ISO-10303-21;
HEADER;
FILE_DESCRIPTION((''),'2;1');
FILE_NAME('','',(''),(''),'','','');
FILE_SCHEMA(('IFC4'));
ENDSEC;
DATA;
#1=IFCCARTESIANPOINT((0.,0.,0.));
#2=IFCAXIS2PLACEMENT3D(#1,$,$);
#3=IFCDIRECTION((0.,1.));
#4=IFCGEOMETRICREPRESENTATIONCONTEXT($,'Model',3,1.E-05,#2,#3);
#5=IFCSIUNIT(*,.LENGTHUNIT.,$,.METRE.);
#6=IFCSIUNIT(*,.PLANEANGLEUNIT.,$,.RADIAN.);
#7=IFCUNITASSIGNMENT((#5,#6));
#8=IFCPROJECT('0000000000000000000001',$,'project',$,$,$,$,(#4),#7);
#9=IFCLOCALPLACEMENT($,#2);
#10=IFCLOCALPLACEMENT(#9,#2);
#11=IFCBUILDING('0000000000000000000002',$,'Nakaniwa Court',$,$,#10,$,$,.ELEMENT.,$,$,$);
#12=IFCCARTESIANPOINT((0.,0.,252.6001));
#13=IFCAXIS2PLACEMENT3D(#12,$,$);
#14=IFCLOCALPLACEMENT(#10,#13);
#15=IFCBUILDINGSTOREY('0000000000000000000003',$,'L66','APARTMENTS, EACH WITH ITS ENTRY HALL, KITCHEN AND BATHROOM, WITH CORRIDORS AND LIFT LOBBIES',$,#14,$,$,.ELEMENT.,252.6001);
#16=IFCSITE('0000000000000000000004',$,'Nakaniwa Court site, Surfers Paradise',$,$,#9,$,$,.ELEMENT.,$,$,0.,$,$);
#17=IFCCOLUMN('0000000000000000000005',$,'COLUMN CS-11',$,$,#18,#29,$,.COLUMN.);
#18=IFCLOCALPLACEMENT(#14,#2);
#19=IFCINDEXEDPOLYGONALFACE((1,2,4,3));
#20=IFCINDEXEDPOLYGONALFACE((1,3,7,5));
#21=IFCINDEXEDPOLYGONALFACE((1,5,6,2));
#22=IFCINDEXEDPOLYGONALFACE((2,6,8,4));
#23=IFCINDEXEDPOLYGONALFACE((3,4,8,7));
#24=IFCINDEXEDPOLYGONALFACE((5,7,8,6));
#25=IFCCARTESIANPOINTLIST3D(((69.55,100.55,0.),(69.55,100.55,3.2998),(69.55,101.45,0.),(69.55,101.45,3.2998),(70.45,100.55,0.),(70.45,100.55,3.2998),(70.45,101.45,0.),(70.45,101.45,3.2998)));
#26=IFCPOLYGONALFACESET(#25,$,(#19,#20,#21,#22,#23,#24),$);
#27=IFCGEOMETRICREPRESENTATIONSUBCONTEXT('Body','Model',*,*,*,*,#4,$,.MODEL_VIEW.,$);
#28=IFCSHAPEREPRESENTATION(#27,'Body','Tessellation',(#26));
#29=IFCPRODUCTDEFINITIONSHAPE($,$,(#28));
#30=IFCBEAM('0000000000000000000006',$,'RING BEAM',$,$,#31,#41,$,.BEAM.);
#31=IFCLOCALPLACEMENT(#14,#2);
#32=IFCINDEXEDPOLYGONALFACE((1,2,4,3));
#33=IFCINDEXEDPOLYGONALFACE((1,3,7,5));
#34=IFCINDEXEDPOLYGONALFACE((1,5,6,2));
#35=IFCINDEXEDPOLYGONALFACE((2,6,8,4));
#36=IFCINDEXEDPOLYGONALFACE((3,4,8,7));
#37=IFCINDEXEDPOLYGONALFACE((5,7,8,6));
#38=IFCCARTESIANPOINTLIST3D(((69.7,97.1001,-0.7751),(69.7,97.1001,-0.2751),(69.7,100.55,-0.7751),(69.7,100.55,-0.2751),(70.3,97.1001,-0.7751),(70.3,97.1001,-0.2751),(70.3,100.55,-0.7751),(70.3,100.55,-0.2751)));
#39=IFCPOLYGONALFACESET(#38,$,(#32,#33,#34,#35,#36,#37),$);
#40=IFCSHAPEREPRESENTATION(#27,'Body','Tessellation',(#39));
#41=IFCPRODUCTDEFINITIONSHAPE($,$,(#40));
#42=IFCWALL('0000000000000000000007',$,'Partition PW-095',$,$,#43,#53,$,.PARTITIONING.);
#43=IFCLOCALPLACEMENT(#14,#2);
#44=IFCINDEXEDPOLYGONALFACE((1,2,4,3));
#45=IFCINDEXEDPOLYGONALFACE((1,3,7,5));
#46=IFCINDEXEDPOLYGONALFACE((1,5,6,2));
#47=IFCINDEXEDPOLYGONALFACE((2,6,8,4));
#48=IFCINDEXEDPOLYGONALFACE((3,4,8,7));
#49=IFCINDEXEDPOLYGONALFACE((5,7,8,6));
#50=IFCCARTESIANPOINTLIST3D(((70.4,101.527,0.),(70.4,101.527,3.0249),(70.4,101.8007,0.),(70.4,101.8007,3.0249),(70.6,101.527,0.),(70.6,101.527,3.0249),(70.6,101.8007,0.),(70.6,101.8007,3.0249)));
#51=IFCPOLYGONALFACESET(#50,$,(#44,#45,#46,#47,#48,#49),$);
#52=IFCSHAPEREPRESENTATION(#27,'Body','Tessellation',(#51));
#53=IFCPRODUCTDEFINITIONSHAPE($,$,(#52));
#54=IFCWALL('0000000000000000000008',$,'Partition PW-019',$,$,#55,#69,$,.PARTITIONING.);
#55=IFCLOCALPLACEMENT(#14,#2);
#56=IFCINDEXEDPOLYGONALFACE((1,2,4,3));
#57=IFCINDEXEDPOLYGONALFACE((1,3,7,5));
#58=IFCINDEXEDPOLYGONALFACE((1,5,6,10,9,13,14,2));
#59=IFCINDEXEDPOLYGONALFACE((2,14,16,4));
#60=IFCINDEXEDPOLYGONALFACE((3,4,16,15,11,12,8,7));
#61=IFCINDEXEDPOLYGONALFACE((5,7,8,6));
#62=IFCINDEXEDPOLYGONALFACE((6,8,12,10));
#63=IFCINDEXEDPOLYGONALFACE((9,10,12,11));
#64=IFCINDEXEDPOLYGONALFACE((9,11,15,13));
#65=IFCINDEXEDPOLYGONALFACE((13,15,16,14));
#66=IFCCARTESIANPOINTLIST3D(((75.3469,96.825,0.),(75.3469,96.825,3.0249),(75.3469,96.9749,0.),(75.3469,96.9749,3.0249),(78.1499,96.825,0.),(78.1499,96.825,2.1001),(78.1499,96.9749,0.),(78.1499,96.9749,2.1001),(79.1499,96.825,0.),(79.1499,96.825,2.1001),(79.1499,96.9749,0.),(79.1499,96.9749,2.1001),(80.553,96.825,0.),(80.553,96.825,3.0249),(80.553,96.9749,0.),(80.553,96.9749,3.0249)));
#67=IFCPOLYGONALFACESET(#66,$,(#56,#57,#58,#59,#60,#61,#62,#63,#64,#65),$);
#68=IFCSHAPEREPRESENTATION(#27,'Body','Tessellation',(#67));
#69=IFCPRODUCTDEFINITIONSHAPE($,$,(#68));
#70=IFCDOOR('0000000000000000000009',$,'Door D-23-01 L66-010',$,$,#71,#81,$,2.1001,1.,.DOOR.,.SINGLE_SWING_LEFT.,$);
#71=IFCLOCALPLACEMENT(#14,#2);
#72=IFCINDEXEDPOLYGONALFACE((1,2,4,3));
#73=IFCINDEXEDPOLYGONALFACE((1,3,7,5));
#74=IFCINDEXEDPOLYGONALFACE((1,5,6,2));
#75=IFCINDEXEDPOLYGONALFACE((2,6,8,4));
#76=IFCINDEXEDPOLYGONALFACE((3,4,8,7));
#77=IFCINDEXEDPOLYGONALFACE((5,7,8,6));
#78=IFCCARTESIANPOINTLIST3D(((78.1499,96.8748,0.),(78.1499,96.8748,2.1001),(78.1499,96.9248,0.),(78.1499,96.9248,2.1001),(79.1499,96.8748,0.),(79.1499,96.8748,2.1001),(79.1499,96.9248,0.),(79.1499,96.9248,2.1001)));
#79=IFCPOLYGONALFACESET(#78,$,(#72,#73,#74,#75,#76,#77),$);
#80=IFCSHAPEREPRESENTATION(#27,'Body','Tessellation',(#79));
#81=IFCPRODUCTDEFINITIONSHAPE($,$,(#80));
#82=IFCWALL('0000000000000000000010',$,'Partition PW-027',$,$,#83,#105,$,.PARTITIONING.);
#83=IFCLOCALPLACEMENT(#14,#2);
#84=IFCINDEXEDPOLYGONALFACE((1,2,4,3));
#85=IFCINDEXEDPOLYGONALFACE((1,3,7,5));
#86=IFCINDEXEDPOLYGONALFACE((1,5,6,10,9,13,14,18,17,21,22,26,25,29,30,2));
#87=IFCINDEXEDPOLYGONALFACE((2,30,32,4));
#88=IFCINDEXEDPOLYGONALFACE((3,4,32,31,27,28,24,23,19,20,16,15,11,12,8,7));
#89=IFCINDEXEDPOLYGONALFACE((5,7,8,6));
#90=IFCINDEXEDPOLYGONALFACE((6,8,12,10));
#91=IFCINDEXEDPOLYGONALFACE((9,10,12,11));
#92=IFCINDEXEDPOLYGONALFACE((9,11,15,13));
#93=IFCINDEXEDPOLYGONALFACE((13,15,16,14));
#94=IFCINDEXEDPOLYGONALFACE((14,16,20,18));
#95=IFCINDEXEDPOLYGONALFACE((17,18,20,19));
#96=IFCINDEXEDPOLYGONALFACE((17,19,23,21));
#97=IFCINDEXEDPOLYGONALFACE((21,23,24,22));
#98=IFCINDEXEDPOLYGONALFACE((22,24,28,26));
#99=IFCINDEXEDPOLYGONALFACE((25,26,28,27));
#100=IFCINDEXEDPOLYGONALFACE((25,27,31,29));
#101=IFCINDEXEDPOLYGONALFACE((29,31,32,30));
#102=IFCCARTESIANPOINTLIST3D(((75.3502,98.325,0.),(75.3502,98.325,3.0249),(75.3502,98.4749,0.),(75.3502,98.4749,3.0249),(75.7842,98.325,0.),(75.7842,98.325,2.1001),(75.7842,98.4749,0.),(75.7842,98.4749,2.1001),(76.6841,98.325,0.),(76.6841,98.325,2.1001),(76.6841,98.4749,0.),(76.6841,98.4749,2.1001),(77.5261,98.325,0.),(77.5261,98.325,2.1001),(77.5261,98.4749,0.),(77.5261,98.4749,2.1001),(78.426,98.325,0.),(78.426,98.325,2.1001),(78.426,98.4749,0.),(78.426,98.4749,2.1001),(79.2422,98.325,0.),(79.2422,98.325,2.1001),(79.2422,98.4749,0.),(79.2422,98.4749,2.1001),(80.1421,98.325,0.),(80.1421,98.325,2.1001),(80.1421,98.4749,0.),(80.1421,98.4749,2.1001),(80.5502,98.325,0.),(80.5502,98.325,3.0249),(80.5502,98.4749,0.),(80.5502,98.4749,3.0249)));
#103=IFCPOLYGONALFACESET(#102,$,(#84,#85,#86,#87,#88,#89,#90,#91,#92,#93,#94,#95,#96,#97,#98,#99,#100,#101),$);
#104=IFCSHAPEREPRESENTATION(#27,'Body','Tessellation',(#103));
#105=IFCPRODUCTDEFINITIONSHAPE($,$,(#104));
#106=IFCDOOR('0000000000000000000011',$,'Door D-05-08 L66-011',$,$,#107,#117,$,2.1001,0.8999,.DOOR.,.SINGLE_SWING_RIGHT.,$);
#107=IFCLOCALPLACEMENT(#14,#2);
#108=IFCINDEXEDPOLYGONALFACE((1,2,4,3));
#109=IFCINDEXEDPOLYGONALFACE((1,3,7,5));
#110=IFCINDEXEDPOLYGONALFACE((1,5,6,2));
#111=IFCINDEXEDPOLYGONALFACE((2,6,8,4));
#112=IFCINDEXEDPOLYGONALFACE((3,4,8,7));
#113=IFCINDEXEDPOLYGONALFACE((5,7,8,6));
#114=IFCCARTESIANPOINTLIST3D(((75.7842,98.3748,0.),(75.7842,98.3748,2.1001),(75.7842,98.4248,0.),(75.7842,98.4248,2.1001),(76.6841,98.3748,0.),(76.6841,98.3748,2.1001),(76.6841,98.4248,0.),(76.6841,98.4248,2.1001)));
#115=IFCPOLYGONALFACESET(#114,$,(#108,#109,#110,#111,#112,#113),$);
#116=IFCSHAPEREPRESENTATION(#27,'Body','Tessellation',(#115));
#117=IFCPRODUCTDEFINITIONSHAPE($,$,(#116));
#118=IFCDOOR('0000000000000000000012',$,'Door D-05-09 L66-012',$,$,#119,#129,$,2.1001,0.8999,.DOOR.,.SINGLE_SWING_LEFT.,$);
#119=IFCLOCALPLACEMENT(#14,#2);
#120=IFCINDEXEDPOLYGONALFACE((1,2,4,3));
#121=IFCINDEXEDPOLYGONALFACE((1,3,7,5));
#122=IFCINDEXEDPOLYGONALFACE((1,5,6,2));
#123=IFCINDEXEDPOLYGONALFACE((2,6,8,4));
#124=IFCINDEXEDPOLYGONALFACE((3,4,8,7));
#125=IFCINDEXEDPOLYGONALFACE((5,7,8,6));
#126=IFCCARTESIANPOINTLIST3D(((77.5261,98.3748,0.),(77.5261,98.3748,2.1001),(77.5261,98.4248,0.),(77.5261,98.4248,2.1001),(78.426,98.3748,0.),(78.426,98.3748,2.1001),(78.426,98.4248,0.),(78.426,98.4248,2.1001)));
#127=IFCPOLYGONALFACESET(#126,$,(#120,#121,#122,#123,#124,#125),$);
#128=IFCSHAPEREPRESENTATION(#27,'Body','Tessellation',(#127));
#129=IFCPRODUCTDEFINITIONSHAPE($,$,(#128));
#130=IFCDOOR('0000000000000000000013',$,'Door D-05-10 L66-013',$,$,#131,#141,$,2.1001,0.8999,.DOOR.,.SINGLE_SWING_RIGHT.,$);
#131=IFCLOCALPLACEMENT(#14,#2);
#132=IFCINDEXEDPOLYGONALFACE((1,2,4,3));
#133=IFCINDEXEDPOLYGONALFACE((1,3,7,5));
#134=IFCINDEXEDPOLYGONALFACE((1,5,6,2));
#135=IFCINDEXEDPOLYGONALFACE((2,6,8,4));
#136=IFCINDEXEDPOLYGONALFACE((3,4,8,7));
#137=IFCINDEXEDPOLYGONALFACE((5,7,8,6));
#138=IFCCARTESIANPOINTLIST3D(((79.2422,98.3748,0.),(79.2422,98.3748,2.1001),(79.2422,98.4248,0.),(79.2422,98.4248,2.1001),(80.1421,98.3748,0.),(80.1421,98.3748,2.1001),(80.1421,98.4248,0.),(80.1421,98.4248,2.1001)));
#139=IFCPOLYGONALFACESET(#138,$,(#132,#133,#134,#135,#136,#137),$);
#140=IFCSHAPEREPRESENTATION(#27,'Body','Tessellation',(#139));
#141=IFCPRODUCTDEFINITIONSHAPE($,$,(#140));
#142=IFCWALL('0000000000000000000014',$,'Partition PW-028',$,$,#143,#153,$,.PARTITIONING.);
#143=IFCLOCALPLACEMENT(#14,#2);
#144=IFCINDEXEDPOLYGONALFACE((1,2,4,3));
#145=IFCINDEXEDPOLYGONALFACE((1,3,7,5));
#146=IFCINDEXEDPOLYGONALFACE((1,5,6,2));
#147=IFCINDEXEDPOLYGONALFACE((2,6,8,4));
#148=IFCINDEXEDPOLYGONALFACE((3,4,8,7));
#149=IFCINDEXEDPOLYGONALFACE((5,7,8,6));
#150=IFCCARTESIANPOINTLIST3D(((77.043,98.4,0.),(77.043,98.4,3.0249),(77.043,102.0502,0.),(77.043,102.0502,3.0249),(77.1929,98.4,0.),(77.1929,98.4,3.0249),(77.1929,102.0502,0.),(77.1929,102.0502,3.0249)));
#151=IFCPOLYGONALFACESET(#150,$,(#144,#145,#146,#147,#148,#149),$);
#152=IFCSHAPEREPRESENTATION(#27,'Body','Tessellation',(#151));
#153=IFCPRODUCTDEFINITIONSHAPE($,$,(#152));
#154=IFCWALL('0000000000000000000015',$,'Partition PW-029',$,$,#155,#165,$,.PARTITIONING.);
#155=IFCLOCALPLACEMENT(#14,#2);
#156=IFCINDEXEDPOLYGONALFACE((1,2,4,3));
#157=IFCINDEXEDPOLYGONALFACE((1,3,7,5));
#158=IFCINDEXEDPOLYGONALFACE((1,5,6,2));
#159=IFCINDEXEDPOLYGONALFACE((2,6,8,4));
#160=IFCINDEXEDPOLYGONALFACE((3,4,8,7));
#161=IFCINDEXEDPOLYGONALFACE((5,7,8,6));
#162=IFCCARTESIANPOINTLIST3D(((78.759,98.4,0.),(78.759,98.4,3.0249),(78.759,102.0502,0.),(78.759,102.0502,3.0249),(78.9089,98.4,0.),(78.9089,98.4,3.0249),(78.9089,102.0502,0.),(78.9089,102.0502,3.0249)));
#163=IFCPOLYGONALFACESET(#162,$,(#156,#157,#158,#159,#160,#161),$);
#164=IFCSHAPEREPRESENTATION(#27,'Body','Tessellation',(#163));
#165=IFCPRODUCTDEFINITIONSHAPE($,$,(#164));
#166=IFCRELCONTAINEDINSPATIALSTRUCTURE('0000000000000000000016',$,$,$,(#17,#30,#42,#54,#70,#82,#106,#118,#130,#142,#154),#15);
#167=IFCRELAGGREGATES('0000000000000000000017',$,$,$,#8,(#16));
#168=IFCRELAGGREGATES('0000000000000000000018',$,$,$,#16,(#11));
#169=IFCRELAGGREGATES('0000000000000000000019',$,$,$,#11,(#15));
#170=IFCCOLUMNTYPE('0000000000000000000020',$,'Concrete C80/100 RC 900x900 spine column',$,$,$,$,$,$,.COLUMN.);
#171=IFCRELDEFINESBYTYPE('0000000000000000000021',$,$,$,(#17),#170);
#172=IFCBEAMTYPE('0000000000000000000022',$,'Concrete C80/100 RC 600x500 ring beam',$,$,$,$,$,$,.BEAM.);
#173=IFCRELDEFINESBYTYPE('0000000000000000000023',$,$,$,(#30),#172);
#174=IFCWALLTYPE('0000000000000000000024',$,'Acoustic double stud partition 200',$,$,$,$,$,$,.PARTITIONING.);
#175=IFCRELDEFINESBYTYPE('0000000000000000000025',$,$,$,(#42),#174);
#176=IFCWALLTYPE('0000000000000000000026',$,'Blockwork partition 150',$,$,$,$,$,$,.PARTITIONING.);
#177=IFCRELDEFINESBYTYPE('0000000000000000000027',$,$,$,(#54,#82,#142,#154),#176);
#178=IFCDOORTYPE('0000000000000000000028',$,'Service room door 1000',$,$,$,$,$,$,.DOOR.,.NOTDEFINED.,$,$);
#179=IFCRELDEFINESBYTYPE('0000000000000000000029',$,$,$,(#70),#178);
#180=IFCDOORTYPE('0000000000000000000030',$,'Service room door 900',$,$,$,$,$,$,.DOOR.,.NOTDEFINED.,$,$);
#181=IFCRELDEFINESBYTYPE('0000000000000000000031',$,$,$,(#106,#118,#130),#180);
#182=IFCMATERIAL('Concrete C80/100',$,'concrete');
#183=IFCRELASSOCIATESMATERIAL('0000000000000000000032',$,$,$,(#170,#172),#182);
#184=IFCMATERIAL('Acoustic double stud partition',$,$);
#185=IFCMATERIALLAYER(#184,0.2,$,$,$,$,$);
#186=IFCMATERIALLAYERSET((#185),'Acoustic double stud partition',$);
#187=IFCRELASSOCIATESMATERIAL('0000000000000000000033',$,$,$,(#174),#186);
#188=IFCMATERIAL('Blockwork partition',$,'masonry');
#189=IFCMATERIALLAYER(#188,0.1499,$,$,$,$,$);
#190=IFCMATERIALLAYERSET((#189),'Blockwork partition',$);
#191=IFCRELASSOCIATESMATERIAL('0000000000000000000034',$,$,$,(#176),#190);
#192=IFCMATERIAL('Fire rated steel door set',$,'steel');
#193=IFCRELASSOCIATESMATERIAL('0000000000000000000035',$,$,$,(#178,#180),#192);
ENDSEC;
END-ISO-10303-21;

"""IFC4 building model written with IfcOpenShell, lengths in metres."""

from ifc_helpers import new_model, si_unit, direction, frame, frame_2d, origin, origin_2d, place, context, subcontext, project, spatial, rectangle, extrude, material, layer, layer_set, material_profile, profile_set, type_object, element, fill, save


model = new_model("IFC4")

# Units and contexts
model_context = context("Model", 3, precision=1e-05, world=origin(), true_north=direction((0.0, 1.0)))
body_context = subcontext(model_context, "Body", "Model", "MODEL_VIEW")
ifc_project = project(units=[si_unit("LENGTHUNIT", "METRE"), si_unit("PLANEANGLEUNIT", "RADIAN")], contexts=[model_context])

# Site, building, storey
site_placement = place(None, origin())
site = spatial("IfcSite", under=ifc_project, at=site_placement, Name="Nakaniwa Court site, Surfers Paradise", CompositionType="ELEMENT", RefElevation=0.0)
building_placement = place(site_placement, origin())
building = spatial("IfcBuilding", under=site, at=building_placement, Name="Nakaniwa Court", CompositionType="ELEMENT")
storey_placement = place(building_placement, frame((0.0, 0.0, 252.6001)))
storey = spatial("IfcBuildingStorey", under=building, at=storey_placement, Name="L66", Description="APARTMENTS, EACH WITH ITS ENTRY HALL, KITCHEN AND BATHROOM, WITH CORRIDORS AND LIFT LOBBIES", CompositionType="ELEMENT", Elevation=252.6001)

# Column
ifc_material_1 = material(Name="Concrete C80/100", Category="concrete")
ifc_material_profile_1 = material_profile(ifc_material_1, rectangle(XDim=0.8999, YDim=0.8999, at=origin_2d()), Name="Concrete C80/100 RC 900x900 spine column")
ifc_profile_set_1 = profile_set([ifc_material_profile_1], Name="Concrete C80/100")
column_type = type_object("IfcColumnType", Name="Concrete C80/100 RC 900x900 spine column", PredefinedType="COLUMN", material=ifc_profile_set_1)
column_placement = place(storey_placement, frame((70.0, 101.0, 0.0), z_axis=(0.0, 0.0, 1.0), x_axis=(0.0, -1.0, 0.0)))
element("IfcColumn", 1, at=column_placement, inside=storey, type_object=column_type, Name="COLUMN CS-11", PredefinedType="COLUMN", context=body_context, shape_type="SweptSolid", body=[
    extrude(rectangle(XDim=0.8999, YDim=0.8999, at=origin_2d()), origin(), (0.0, 0.0, 1.0), 3.2998),
])

# Beam
ifc_material_profile_2 = material_profile(ifc_material_1, rectangle(XDim=0.6001, YDim=0.5, at=origin_2d()), Name="Concrete C80/100 RC 600x500 ring beam")
ifc_profile_set_2 = profile_set([ifc_material_profile_2], Name="Concrete C80/100")
beam_type = type_object("IfcBeamType", Name="Concrete C80/100 RC 600x500 ring beam", PredefinedType="BEAM", material=ifc_profile_set_2)
beam_placement = place(storey_placement, frame((70.0, 100.55, -0.5251), z_axis=(0.0, -1.0, 0.0), x_axis=(1.0, 0.0, 0.0)))
element("IfcBeam", 2, at=beam_placement, inside=storey, type_object=beam_type, Name="RING BEAM", PredefinedType="BEAM", context=body_context, shape_type="SweptSolid", body=[
    extrude(rectangle(XDim=0.6001, YDim=0.5, at=origin_2d()), origin(), (0.0, 0.0, 1.0), 3.45),
])

# Wall
ifc_material_2 = material(Name="Acoustic double stud partition")
ifc_layer_1 = layer(ifc_material_2, 0.2)
ifc_layer_set_1 = layer_set([ifc_layer_1], Name="Acoustic double stud partition")
wall_type_1 = type_object("IfcWallType", Name="Acoustic double stud partition 200", PredefinedType="PARTITIONING", material=ifc_layer_set_1)
wall_1_placement = place(storey_placement, frame((70.5, 101.5271, 0.0), z_axis=(0.0, 0.0, 1.0), x_axis=(0.0, 1.0, 0.0)))
element("IfcWall", 3, at=wall_1_placement, inside=storey, type_object=wall_type_1, Name="Partition PW-095", PredefinedType="PARTITIONING", context=body_context, shape_type="SweptSolid", body=[
    extrude(rectangle(XDim=0.2737, YDim=0.2, at=frame_2d((0.1367, 0.0))), origin(), (0.0, 0.0, 1.0), 3.0249),
])

# Wall, opening, door
ifc_material_3 = material(Name="Blockwork partition", Category="masonry")
ifc_layer_2 = layer(ifc_material_3, 0.1499)
ifc_layer_set_2 = layer_set([ifc_layer_2], Name="Blockwork partition")
wall_type_2 = type_object("IfcWallType", Name="Blockwork partition 150", PredefinedType="PARTITIONING", material=ifc_layer_set_2)
wall_2_placement = place(storey_placement, frame((75.3469, 96.8999, 0.0), z_axis=(0.0, 0.0, 1.0), x_axis=(1.0, 0.0, 0.0)))
wall_2 = element("IfcWall", 4, at=wall_2_placement, inside=storey, type_object=wall_type_2, Name="Partition PW-019", PredefinedType="PARTITIONING", context=body_context, shape_type="SweptSolid", body=[
    extrude(rectangle(XDim=5.2061, YDim=0.1499, at=frame_2d((2.603, 0.0))), origin(), (0.0, 0.0, 1.0), 3.0249),
])
opening_1_placement = place(wall_2_placement, frame((2.803, 0.0, 0.0)))
opening_1 = element("IfcOpeningElement", 5, at=opening_1_placement, cuts=wall_2, PredefinedType="OPENING", context=body_context, shape_type="SweptSolid", body=[
    extrude(rectangle(XDim=1.0, YDim=2.1001, at=frame_2d((0.5, 1.05))), frame((0.0, 0.085, 0.0), z_axis=(0.0, -1.0, 0.0), x_axis=(1.0, 0.0, 0.0)), (0.0, 0.0, 1.0), 0.1699),
])
ifc_material_4 = material(Name="Fire rated steel door set", Category="steel")
door_type_1 = type_object("IfcDoorType", Name="Service room door 1000", OperationType="NOTDEFINED", PredefinedType="DOOR", material=ifc_material_4)
door_1_placement = place(opening_1_placement, origin())
door_1 = element("IfcDoor", 6, at=door_1_placement, inside=storey, type_object=door_type_1, Name="Door D-23-01 L66-010", OperationType="SINGLE_SWING_LEFT", OverallHeight=2.1001, OverallWidth=1.0, PredefinedType="DOOR", context=body_context, shape_type="SweptSolid", body=[
    extrude(rectangle(XDim=1.0, YDim=2.1001, at=frame_2d((0.5, 1.05))), frame((0.0, 0.0249, 0.0), z_axis=(0.0, -1.0, 0.0), x_axis=(1.0, 0.0, 0.0)), (0.0, 0.0, 1.0), 0.05),
])
fill(opening_1, door_1)

# Wall, openings, doors
wall_3_placement = place(storey_placement, frame((75.3501, 98.3999, 0.0), z_axis=(0.0, 0.0, 1.0), x_axis=(1.0, 0.0, 0.0)))
wall_3 = element("IfcWall", 7, at=wall_3_placement, inside=storey, type_object=wall_type_2, Name="Partition PW-027", PredefinedType="PARTITIONING", context=body_context, shape_type="SweptSolid", body=[
    extrude(rectangle(XDim=5.2, YDim=0.1499, at=frame_2d((2.6001, 0.0))), origin(), (0.0, 0.0, 1.0), 3.0249),
])
opening_2_placement = place(wall_3_placement, frame((0.4341, 0.0, 0.0)))
opening_2 = element("IfcOpeningElement", 8, at=opening_2_placement, cuts=wall_3, PredefinedType="OPENING", context=body_context, shape_type="SweptSolid", body=[
    extrude(rectangle(XDim=0.8999, YDim=2.1001, at=frame_2d((0.45, 1.05))), frame((0.0, 0.085, 0.0), z_axis=(0.0, -1.0, 0.0), x_axis=(1.0, 0.0, 0.0)), (0.0, 0.0, 1.0), 0.1699),
])
opening_3_placement = place(wall_3_placement, frame((2.176, 0.0, 0.0)))
opening_3 = element("IfcOpeningElement", 9, at=opening_3_placement, cuts=wall_3, PredefinedType="OPENING", context=body_context, shape_type="SweptSolid", body=[
    extrude(rectangle(XDim=0.8999, YDim=2.1001, at=frame_2d((0.45, 1.05))), frame((0.0, 0.085, 0.0), z_axis=(0.0, -1.0, 0.0), x_axis=(1.0, 0.0, 0.0)), (0.0, 0.0, 1.0), 0.1699),
])
opening_4_placement = place(wall_3_placement, frame((3.8921, 0.0, 0.0)))
opening_4 = element("IfcOpeningElement", 10, at=opening_4_placement, cuts=wall_3, PredefinedType="OPENING", context=body_context, shape_type="SweptSolid", body=[
    extrude(rectangle(XDim=0.8999, YDim=2.1001, at=frame_2d((0.45, 1.05))), frame((0.0, 0.085, 0.0), z_axis=(0.0, -1.0, 0.0), x_axis=(1.0, 0.0, 0.0)), (0.0, 0.0, 1.0), 0.1699),
])
door_type_2 = type_object("IfcDoorType", Name="Service room door 900", OperationType="NOTDEFINED", PredefinedType="DOOR", material=ifc_material_4)
door_2_placement = place(opening_2_placement, origin())
door_2 = element("IfcDoor", 11, at=door_2_placement, inside=storey, type_object=door_type_2, Name="Door D-05-08 L66-011", OperationType="SINGLE_SWING_RIGHT", OverallHeight=2.1001, OverallWidth=0.8999, PredefinedType="DOOR", context=body_context, shape_type="SweptSolid", body=[
    extrude(rectangle(XDim=0.8999, YDim=2.1001, at=frame_2d((0.45, 1.05))), frame((0.0, 0.0249, 0.0), z_axis=(0.0, -1.0, 0.0), x_axis=(1.0, 0.0, 0.0)), (0.0, 0.0, 1.0), 0.05),
])
fill(opening_2, door_2)
door_3_placement = place(opening_3_placement, origin())
door_3 = element("IfcDoor", 12, at=door_3_placement, inside=storey, type_object=door_type_2, Name="Door D-05-09 L66-012", OperationType="SINGLE_SWING_LEFT", OverallHeight=2.1001, OverallWidth=0.8999, PredefinedType="DOOR", context=body_context, shape_type="SweptSolid", body=[
    extrude(rectangle(XDim=0.8999, YDim=2.1001, at=frame_2d((0.45, 1.05))), frame((0.0, 0.0249, 0.0), z_axis=(0.0, -1.0, 0.0), x_axis=(1.0, 0.0, 0.0)), (0.0, 0.0, 1.0), 0.05),
])
fill(opening_3, door_3)
door_4_placement = place(opening_4_placement, origin())
door_4 = element("IfcDoor", 13, at=door_4_placement, inside=storey, type_object=door_type_2, Name="Door D-05-10 L66-013", OperationType="SINGLE_SWING_RIGHT", OverallHeight=2.1001, OverallWidth=0.8999, PredefinedType="DOOR", context=body_context, shape_type="SweptSolid", body=[
    extrude(rectangle(XDim=0.8999, YDim=2.1001, at=frame_2d((0.45, 1.05))), frame((0.0, 0.0249, 0.0), z_axis=(0.0, -1.0, 0.0), x_axis=(1.0, 0.0, 0.0)), (0.0, 0.0, 1.0), 0.05),
])
fill(opening_4, door_4)

# Walls
for number, where, z_axis, x_axis, name in (
    (14, (77.1179, 98.3999, 0.0), (0.0, 0.0, 1.0), (0.0, 1.0, 0.0), "Partition PW-028"),
    (15, (78.834, 98.3999, 0.0), (0.0, 0.0, 1.0), (0.0, 1.0, 0.0), "Partition PW-029"),
):
    element("IfcWall", number, at=place(storey_placement, frame(where, z_axis=z_axis, x_axis=x_axis)), inside=storey, type_object=wall_type_2, Name=name, PredefinedType="PARTITIONING", context=body_context, shape_type="SweptSolid", body=[
        extrude(rectangle(XDim=3.6501, YDim=0.1499, at=frame_2d((1.8252, 0.0))), origin(), (0.0, 0.0, 1.0), 3.0249),
    ])

save(model, "model.ifc")
